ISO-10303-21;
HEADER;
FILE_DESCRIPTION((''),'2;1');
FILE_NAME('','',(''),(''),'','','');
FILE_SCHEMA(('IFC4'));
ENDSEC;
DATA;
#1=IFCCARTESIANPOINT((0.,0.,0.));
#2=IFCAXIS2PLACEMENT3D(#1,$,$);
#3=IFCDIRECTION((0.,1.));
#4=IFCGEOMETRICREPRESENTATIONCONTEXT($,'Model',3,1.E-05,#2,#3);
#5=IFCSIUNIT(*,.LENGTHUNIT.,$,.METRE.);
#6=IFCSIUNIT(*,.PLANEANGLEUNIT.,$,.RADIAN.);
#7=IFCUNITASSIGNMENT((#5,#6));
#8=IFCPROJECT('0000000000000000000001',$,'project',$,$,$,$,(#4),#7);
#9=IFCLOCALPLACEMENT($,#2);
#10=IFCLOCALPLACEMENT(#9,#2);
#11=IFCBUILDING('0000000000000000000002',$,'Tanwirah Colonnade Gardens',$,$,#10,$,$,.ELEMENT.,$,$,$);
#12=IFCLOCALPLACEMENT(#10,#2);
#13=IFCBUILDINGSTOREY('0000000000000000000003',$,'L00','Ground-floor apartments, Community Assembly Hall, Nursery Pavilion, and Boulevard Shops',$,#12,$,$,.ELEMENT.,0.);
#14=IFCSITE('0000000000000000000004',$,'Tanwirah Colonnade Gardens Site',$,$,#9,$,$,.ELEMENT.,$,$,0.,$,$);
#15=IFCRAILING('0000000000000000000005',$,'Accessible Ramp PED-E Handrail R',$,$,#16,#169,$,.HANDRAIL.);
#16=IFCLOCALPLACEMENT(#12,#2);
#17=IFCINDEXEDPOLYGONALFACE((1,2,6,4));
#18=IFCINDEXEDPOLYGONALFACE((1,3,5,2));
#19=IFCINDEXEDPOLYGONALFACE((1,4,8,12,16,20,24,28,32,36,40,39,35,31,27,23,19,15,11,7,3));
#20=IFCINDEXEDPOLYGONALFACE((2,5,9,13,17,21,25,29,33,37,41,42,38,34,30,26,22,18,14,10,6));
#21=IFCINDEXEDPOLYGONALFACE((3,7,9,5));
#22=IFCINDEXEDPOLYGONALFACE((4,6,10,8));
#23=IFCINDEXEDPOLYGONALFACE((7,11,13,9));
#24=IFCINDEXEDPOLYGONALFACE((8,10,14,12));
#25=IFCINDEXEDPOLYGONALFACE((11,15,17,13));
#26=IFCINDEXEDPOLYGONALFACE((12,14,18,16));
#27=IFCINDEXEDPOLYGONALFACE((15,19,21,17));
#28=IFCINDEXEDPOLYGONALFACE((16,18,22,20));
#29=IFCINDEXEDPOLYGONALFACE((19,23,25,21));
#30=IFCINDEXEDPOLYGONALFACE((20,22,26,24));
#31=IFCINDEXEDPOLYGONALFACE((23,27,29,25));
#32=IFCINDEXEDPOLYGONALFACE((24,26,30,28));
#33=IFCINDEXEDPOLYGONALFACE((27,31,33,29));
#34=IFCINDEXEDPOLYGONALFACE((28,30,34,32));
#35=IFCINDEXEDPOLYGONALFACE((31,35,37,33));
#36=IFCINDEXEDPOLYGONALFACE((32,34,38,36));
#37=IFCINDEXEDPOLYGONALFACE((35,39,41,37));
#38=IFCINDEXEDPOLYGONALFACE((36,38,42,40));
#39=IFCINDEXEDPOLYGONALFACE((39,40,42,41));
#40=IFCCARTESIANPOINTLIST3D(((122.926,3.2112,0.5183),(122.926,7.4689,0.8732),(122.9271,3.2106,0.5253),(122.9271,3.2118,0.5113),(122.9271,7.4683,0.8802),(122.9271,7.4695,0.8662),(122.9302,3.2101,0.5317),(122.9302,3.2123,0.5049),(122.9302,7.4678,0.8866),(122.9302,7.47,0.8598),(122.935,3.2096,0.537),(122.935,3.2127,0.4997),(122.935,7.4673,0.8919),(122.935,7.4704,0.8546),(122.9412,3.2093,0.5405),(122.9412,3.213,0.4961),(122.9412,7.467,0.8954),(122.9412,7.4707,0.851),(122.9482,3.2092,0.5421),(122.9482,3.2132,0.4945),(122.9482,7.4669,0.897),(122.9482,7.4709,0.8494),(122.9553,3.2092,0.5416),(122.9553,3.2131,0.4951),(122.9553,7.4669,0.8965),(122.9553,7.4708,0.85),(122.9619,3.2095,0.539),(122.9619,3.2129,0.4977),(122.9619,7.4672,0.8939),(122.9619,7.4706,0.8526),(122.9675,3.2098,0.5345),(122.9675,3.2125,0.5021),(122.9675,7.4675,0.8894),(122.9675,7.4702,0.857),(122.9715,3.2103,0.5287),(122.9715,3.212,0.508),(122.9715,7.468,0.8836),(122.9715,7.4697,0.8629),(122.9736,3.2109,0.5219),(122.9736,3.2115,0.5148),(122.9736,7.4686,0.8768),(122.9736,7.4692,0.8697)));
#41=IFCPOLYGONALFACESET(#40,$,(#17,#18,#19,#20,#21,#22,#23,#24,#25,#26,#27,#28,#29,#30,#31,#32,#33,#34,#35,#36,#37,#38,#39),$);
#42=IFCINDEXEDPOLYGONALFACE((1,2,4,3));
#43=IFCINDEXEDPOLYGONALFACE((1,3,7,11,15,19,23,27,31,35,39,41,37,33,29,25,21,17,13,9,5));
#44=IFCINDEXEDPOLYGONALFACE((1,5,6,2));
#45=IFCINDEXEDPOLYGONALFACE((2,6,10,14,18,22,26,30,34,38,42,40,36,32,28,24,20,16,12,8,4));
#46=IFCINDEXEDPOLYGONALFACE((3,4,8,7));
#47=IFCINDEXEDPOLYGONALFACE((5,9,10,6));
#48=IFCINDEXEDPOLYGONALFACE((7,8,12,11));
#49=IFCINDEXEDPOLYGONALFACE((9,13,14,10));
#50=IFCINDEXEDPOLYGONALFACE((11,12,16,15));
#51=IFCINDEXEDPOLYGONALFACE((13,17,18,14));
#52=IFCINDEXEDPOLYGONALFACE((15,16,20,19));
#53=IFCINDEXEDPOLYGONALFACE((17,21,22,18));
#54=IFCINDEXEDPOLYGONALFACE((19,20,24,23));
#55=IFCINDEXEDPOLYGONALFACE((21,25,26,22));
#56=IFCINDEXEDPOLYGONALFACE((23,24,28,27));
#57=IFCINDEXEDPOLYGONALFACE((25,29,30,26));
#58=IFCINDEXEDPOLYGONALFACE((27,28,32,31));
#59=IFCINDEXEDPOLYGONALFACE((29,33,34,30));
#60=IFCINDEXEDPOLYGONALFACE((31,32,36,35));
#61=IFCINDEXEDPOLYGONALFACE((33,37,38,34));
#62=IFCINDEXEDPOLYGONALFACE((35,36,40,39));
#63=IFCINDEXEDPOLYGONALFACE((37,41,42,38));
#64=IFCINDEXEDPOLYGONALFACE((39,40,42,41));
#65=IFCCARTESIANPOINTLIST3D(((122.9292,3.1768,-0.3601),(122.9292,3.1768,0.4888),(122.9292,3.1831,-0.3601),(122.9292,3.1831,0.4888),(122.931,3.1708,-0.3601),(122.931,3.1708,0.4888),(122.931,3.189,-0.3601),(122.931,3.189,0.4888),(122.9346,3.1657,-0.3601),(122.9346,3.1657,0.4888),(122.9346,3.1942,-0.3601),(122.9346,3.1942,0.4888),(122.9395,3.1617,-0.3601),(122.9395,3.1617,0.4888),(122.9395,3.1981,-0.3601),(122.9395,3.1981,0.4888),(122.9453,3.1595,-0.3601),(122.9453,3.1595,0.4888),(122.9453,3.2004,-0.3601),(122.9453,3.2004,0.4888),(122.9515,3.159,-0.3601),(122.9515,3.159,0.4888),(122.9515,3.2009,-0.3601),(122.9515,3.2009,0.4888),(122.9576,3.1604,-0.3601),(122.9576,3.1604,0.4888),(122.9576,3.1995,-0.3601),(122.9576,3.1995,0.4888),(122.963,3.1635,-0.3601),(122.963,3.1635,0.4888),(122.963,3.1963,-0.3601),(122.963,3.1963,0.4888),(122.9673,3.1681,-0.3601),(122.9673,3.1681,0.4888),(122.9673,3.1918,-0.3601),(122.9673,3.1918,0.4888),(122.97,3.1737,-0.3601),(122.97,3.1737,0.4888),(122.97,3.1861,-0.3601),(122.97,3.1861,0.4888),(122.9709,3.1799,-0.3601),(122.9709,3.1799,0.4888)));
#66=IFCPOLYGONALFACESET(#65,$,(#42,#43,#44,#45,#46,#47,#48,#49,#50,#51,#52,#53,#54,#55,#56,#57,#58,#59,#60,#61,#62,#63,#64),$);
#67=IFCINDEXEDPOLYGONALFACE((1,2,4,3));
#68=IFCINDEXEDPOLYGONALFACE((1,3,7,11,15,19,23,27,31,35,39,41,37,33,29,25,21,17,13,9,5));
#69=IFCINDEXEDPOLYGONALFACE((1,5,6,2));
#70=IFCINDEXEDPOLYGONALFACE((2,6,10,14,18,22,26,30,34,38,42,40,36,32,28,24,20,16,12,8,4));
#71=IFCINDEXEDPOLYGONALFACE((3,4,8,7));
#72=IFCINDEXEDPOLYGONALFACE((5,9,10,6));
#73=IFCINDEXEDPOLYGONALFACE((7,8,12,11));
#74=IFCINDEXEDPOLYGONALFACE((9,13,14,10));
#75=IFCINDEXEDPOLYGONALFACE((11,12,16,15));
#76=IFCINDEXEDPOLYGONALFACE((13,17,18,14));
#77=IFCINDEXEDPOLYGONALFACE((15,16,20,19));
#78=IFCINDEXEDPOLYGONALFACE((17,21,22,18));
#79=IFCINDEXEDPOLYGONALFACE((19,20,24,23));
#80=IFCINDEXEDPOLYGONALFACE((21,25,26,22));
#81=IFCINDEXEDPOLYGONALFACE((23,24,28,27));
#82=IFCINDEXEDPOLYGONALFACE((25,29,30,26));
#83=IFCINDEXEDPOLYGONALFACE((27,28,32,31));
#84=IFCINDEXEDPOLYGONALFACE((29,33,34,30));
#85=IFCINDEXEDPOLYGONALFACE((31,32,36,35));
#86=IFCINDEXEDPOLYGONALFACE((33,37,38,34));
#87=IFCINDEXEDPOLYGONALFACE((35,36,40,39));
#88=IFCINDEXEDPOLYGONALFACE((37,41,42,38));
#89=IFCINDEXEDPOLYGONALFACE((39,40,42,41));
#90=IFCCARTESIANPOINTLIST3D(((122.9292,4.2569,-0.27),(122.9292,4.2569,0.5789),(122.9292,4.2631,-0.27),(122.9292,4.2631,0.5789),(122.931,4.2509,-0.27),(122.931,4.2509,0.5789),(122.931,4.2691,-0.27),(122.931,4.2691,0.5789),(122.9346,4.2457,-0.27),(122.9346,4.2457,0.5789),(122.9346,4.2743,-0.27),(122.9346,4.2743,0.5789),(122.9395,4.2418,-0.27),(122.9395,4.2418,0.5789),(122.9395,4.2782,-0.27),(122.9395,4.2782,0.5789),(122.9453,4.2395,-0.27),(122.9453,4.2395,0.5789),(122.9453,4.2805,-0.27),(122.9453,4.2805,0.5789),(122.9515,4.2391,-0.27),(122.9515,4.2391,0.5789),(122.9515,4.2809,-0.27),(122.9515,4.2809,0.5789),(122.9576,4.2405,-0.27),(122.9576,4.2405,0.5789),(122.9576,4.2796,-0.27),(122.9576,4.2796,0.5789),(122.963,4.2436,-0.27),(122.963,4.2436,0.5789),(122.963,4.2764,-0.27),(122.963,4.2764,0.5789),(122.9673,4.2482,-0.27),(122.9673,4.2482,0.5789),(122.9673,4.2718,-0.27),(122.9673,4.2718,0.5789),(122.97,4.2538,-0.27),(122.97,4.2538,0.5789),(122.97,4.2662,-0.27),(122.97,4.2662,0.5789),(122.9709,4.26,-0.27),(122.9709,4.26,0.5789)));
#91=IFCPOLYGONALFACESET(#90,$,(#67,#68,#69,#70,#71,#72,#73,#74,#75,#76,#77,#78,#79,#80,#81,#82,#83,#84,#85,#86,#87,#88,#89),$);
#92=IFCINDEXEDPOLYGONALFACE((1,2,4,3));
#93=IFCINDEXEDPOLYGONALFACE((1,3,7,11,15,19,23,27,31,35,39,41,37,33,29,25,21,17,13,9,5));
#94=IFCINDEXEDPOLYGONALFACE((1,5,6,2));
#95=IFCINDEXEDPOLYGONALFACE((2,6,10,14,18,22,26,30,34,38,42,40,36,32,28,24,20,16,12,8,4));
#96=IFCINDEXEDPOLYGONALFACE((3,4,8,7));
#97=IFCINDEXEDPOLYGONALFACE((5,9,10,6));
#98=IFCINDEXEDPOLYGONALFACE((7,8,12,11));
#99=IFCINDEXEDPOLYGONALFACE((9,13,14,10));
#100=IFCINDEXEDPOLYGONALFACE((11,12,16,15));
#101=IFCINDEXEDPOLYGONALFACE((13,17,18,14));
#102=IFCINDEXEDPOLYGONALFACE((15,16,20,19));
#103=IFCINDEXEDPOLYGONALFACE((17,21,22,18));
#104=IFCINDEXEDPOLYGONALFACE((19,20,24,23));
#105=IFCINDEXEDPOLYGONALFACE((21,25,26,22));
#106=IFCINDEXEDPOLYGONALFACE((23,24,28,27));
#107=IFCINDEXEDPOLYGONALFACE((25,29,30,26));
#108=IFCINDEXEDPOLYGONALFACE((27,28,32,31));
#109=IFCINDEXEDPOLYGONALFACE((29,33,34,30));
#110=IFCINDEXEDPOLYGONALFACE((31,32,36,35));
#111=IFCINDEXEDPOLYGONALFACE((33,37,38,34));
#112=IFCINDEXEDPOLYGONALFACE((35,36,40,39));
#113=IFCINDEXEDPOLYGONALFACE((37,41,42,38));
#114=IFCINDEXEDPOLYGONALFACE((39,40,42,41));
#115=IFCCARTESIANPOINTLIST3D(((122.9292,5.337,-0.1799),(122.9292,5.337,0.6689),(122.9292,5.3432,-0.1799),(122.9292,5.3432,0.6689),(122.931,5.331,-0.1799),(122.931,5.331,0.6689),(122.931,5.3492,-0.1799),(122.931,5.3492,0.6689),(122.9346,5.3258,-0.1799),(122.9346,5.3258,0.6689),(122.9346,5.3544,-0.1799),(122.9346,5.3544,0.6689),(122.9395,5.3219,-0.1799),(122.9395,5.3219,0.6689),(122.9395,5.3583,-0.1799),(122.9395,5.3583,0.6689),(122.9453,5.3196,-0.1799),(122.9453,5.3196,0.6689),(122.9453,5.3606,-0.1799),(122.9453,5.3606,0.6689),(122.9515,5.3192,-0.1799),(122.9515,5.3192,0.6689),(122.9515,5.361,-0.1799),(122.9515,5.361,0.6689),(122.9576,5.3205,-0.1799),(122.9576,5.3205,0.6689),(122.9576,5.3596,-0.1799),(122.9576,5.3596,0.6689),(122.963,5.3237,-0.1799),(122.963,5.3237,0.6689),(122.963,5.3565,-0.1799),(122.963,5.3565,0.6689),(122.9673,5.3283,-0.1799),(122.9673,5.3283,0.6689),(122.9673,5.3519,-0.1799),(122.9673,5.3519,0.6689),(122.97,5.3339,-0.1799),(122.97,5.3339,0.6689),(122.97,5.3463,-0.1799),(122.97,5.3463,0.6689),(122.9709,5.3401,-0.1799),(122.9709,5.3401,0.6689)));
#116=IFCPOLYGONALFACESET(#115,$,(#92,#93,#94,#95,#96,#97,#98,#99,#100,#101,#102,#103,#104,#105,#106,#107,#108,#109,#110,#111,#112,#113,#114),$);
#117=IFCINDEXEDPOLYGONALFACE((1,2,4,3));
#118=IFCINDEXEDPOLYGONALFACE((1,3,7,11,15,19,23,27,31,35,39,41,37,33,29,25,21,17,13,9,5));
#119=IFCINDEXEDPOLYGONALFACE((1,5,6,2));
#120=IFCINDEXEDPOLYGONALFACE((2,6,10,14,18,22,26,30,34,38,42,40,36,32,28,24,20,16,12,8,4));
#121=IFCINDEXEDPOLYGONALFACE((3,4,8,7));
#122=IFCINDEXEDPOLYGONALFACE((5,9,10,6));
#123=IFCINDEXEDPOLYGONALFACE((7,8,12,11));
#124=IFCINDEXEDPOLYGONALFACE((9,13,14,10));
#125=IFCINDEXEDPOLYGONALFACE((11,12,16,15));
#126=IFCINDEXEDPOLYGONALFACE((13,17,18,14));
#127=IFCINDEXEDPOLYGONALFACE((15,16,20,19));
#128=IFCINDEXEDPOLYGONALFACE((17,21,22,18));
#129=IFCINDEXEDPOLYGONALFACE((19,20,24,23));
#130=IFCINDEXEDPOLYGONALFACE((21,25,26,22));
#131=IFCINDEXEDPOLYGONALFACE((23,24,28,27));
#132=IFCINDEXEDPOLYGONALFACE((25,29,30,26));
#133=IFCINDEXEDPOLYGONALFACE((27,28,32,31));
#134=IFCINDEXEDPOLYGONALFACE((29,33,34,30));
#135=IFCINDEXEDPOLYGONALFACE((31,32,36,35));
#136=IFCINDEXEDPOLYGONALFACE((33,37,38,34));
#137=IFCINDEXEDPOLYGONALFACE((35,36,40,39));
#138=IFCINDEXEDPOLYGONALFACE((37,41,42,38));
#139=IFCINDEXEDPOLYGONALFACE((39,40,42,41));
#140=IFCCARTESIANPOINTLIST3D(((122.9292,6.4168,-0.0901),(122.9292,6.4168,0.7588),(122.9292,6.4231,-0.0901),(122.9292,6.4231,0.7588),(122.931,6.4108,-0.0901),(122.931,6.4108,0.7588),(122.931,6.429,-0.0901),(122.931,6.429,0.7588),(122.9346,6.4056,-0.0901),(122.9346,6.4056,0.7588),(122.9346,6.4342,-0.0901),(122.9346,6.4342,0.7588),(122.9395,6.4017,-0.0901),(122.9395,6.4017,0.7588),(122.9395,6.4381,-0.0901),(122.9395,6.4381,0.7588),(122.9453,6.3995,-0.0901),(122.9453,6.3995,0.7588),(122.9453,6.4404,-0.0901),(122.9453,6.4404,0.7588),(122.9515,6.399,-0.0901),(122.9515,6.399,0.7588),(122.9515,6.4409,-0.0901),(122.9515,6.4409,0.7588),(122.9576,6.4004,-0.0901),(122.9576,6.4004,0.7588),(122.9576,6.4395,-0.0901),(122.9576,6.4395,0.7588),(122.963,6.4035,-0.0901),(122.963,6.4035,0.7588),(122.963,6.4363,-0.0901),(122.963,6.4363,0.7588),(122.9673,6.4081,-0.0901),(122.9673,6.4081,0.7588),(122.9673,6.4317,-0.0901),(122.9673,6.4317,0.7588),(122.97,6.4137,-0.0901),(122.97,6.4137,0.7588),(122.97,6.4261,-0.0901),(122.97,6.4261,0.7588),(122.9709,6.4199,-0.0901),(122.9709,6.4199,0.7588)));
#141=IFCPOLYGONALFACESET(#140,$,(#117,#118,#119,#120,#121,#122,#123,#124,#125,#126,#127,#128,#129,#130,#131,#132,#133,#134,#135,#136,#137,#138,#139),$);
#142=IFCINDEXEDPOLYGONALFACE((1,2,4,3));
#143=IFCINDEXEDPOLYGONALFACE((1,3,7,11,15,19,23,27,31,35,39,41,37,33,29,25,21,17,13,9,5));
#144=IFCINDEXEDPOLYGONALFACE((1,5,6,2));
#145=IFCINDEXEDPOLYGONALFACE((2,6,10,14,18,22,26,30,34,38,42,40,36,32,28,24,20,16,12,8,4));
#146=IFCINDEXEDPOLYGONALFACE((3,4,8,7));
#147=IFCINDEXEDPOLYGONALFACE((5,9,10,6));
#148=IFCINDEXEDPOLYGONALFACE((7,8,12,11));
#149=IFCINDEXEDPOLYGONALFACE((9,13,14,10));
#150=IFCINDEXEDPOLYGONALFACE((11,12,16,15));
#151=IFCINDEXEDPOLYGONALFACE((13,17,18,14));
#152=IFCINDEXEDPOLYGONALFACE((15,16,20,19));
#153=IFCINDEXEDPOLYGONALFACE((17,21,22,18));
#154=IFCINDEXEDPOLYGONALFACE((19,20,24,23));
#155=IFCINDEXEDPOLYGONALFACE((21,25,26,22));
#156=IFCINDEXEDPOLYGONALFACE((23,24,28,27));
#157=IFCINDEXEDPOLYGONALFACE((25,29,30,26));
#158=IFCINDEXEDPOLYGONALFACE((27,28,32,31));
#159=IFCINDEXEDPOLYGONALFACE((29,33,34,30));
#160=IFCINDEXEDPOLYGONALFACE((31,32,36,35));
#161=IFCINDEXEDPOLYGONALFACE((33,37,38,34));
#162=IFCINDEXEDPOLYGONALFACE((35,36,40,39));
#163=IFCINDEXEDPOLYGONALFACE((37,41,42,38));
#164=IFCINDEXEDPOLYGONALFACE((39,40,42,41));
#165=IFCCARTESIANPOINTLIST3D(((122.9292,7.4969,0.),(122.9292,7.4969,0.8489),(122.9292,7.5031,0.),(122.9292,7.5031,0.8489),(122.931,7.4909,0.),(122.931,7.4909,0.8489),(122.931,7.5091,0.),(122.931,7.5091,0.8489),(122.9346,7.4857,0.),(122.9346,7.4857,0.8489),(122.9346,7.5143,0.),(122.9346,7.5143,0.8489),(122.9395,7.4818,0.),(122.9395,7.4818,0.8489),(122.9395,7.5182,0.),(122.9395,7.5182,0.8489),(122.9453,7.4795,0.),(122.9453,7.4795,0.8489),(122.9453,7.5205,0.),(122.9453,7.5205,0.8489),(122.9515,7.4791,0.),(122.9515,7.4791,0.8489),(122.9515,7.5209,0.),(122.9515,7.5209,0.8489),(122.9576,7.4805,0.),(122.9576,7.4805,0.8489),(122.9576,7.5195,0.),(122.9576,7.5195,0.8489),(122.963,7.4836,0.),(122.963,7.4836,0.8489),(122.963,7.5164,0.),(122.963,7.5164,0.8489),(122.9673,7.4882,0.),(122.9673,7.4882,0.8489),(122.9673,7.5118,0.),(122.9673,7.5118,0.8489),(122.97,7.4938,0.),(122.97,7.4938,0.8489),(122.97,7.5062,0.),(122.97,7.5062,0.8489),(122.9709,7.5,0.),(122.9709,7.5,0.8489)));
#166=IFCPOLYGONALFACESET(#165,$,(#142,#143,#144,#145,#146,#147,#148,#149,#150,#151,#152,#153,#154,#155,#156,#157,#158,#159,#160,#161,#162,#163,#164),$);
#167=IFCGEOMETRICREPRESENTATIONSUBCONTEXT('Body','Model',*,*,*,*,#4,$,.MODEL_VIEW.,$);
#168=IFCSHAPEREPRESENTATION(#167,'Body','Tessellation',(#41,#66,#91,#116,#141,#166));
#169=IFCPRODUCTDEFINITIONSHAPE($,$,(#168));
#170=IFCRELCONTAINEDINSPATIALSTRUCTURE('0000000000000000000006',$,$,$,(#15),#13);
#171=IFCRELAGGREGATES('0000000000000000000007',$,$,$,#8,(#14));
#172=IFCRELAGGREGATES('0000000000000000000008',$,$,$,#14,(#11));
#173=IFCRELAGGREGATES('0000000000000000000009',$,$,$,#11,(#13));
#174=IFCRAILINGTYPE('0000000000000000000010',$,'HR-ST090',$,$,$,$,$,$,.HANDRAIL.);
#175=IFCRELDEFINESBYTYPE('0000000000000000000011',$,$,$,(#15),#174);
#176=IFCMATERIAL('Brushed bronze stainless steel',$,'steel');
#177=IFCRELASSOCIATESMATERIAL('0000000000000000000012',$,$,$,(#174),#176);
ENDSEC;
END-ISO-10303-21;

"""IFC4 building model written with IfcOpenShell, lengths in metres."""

from ifc_helpers import new_model, si_unit, direction, frame, origin, origin_2d, place, context, subcontext, project, spatial, circle, extrude, material, type_object, element, save


model = new_model("IFC4")

# Units and contexts
model_context = context("Model", 3, precision=1e-05, world=origin(), true_north=direction((0.0, 1.0)))
body_context = subcontext(model_context, "Body", "Model", "MODEL_VIEW")
ifc_project = project(units=[si_unit("LENGTHUNIT", "METRE"), si_unit("PLANEANGLEUNIT", "RADIAN")], contexts=[model_context])

# Site, building, storey
site_placement = place(None, origin())
site = spatial("IfcSite", under=ifc_project, at=site_placement, Name="Tanwirah Colonnade Gardens Site", CompositionType="ELEMENT", RefElevation=0.0)
building_placement = place(site_placement, origin())
building = spatial("IfcBuilding", under=site, at=building_placement, Name="Tanwirah Colonnade Gardens", CompositionType="ELEMENT")
storey_placement = place(building_placement, origin())
storey = spatial("IfcBuildingStorey", under=building, at=storey_placement, Name="L00", Description="Ground-floor apartments, Community Assembly Hall, Nursery Pavilion, and Boulevard Shops", CompositionType="ELEMENT", Elevation=0.0)

# Railing
ifc_material_1 = material(Name="Brushed bronze stainless steel", Category="steel")
railing_type = type_object("IfcRailingType", Name="HR-ST090", PredefinedType="HANDRAIL", material=ifc_material_1)
railing_placement = place(storey_placement, frame((122.95, 3.1799, -0.3601)))
element("IfcRailing", 1, at=railing_placement, inside=storey, type_object=railing_type, Name="Accessible Ramp PED-E Handrail R", PredefinedType="HANDRAIL", context=body_context, shape_type="SweptSolid", body=[
    extrude(circle(Radius=0.0239, at=origin_2d()), frame((0.0, 0.0312, 0.8784), z_axis=(0.0, 0.996544, 0.083069), x_axis=(-1.0, 0.0, 0.0)), (0.0, 0.0, 1.0), 4.2725),
    extrude(circle(Radius=0.021, at=origin_2d()), origin(), (0.0, 0.0, 1.0), 0.8489),
    extrude(circle(Radius=0.021, at=origin_2d()), frame((0.0, 1.0801, 0.0901)), (0.0, 0.0, 1.0), 0.8489),
    extrude(circle(Radius=0.021, at=origin_2d()), frame((0.0, 2.1602, 0.1802)), (0.0, 0.0, 1.0), 0.8489),
    extrude(circle(Radius=0.021, at=origin_2d()), frame((0.0, 3.24, 0.27)), (0.0, 0.0, 1.0), 0.8489),
    extrude(circle(Radius=0.021, at=origin_2d()), frame((0.0, 4.3201, 0.3601)), (0.0, 0.0, 1.0), 0.8489),
])

save(model, "model.ifc")
